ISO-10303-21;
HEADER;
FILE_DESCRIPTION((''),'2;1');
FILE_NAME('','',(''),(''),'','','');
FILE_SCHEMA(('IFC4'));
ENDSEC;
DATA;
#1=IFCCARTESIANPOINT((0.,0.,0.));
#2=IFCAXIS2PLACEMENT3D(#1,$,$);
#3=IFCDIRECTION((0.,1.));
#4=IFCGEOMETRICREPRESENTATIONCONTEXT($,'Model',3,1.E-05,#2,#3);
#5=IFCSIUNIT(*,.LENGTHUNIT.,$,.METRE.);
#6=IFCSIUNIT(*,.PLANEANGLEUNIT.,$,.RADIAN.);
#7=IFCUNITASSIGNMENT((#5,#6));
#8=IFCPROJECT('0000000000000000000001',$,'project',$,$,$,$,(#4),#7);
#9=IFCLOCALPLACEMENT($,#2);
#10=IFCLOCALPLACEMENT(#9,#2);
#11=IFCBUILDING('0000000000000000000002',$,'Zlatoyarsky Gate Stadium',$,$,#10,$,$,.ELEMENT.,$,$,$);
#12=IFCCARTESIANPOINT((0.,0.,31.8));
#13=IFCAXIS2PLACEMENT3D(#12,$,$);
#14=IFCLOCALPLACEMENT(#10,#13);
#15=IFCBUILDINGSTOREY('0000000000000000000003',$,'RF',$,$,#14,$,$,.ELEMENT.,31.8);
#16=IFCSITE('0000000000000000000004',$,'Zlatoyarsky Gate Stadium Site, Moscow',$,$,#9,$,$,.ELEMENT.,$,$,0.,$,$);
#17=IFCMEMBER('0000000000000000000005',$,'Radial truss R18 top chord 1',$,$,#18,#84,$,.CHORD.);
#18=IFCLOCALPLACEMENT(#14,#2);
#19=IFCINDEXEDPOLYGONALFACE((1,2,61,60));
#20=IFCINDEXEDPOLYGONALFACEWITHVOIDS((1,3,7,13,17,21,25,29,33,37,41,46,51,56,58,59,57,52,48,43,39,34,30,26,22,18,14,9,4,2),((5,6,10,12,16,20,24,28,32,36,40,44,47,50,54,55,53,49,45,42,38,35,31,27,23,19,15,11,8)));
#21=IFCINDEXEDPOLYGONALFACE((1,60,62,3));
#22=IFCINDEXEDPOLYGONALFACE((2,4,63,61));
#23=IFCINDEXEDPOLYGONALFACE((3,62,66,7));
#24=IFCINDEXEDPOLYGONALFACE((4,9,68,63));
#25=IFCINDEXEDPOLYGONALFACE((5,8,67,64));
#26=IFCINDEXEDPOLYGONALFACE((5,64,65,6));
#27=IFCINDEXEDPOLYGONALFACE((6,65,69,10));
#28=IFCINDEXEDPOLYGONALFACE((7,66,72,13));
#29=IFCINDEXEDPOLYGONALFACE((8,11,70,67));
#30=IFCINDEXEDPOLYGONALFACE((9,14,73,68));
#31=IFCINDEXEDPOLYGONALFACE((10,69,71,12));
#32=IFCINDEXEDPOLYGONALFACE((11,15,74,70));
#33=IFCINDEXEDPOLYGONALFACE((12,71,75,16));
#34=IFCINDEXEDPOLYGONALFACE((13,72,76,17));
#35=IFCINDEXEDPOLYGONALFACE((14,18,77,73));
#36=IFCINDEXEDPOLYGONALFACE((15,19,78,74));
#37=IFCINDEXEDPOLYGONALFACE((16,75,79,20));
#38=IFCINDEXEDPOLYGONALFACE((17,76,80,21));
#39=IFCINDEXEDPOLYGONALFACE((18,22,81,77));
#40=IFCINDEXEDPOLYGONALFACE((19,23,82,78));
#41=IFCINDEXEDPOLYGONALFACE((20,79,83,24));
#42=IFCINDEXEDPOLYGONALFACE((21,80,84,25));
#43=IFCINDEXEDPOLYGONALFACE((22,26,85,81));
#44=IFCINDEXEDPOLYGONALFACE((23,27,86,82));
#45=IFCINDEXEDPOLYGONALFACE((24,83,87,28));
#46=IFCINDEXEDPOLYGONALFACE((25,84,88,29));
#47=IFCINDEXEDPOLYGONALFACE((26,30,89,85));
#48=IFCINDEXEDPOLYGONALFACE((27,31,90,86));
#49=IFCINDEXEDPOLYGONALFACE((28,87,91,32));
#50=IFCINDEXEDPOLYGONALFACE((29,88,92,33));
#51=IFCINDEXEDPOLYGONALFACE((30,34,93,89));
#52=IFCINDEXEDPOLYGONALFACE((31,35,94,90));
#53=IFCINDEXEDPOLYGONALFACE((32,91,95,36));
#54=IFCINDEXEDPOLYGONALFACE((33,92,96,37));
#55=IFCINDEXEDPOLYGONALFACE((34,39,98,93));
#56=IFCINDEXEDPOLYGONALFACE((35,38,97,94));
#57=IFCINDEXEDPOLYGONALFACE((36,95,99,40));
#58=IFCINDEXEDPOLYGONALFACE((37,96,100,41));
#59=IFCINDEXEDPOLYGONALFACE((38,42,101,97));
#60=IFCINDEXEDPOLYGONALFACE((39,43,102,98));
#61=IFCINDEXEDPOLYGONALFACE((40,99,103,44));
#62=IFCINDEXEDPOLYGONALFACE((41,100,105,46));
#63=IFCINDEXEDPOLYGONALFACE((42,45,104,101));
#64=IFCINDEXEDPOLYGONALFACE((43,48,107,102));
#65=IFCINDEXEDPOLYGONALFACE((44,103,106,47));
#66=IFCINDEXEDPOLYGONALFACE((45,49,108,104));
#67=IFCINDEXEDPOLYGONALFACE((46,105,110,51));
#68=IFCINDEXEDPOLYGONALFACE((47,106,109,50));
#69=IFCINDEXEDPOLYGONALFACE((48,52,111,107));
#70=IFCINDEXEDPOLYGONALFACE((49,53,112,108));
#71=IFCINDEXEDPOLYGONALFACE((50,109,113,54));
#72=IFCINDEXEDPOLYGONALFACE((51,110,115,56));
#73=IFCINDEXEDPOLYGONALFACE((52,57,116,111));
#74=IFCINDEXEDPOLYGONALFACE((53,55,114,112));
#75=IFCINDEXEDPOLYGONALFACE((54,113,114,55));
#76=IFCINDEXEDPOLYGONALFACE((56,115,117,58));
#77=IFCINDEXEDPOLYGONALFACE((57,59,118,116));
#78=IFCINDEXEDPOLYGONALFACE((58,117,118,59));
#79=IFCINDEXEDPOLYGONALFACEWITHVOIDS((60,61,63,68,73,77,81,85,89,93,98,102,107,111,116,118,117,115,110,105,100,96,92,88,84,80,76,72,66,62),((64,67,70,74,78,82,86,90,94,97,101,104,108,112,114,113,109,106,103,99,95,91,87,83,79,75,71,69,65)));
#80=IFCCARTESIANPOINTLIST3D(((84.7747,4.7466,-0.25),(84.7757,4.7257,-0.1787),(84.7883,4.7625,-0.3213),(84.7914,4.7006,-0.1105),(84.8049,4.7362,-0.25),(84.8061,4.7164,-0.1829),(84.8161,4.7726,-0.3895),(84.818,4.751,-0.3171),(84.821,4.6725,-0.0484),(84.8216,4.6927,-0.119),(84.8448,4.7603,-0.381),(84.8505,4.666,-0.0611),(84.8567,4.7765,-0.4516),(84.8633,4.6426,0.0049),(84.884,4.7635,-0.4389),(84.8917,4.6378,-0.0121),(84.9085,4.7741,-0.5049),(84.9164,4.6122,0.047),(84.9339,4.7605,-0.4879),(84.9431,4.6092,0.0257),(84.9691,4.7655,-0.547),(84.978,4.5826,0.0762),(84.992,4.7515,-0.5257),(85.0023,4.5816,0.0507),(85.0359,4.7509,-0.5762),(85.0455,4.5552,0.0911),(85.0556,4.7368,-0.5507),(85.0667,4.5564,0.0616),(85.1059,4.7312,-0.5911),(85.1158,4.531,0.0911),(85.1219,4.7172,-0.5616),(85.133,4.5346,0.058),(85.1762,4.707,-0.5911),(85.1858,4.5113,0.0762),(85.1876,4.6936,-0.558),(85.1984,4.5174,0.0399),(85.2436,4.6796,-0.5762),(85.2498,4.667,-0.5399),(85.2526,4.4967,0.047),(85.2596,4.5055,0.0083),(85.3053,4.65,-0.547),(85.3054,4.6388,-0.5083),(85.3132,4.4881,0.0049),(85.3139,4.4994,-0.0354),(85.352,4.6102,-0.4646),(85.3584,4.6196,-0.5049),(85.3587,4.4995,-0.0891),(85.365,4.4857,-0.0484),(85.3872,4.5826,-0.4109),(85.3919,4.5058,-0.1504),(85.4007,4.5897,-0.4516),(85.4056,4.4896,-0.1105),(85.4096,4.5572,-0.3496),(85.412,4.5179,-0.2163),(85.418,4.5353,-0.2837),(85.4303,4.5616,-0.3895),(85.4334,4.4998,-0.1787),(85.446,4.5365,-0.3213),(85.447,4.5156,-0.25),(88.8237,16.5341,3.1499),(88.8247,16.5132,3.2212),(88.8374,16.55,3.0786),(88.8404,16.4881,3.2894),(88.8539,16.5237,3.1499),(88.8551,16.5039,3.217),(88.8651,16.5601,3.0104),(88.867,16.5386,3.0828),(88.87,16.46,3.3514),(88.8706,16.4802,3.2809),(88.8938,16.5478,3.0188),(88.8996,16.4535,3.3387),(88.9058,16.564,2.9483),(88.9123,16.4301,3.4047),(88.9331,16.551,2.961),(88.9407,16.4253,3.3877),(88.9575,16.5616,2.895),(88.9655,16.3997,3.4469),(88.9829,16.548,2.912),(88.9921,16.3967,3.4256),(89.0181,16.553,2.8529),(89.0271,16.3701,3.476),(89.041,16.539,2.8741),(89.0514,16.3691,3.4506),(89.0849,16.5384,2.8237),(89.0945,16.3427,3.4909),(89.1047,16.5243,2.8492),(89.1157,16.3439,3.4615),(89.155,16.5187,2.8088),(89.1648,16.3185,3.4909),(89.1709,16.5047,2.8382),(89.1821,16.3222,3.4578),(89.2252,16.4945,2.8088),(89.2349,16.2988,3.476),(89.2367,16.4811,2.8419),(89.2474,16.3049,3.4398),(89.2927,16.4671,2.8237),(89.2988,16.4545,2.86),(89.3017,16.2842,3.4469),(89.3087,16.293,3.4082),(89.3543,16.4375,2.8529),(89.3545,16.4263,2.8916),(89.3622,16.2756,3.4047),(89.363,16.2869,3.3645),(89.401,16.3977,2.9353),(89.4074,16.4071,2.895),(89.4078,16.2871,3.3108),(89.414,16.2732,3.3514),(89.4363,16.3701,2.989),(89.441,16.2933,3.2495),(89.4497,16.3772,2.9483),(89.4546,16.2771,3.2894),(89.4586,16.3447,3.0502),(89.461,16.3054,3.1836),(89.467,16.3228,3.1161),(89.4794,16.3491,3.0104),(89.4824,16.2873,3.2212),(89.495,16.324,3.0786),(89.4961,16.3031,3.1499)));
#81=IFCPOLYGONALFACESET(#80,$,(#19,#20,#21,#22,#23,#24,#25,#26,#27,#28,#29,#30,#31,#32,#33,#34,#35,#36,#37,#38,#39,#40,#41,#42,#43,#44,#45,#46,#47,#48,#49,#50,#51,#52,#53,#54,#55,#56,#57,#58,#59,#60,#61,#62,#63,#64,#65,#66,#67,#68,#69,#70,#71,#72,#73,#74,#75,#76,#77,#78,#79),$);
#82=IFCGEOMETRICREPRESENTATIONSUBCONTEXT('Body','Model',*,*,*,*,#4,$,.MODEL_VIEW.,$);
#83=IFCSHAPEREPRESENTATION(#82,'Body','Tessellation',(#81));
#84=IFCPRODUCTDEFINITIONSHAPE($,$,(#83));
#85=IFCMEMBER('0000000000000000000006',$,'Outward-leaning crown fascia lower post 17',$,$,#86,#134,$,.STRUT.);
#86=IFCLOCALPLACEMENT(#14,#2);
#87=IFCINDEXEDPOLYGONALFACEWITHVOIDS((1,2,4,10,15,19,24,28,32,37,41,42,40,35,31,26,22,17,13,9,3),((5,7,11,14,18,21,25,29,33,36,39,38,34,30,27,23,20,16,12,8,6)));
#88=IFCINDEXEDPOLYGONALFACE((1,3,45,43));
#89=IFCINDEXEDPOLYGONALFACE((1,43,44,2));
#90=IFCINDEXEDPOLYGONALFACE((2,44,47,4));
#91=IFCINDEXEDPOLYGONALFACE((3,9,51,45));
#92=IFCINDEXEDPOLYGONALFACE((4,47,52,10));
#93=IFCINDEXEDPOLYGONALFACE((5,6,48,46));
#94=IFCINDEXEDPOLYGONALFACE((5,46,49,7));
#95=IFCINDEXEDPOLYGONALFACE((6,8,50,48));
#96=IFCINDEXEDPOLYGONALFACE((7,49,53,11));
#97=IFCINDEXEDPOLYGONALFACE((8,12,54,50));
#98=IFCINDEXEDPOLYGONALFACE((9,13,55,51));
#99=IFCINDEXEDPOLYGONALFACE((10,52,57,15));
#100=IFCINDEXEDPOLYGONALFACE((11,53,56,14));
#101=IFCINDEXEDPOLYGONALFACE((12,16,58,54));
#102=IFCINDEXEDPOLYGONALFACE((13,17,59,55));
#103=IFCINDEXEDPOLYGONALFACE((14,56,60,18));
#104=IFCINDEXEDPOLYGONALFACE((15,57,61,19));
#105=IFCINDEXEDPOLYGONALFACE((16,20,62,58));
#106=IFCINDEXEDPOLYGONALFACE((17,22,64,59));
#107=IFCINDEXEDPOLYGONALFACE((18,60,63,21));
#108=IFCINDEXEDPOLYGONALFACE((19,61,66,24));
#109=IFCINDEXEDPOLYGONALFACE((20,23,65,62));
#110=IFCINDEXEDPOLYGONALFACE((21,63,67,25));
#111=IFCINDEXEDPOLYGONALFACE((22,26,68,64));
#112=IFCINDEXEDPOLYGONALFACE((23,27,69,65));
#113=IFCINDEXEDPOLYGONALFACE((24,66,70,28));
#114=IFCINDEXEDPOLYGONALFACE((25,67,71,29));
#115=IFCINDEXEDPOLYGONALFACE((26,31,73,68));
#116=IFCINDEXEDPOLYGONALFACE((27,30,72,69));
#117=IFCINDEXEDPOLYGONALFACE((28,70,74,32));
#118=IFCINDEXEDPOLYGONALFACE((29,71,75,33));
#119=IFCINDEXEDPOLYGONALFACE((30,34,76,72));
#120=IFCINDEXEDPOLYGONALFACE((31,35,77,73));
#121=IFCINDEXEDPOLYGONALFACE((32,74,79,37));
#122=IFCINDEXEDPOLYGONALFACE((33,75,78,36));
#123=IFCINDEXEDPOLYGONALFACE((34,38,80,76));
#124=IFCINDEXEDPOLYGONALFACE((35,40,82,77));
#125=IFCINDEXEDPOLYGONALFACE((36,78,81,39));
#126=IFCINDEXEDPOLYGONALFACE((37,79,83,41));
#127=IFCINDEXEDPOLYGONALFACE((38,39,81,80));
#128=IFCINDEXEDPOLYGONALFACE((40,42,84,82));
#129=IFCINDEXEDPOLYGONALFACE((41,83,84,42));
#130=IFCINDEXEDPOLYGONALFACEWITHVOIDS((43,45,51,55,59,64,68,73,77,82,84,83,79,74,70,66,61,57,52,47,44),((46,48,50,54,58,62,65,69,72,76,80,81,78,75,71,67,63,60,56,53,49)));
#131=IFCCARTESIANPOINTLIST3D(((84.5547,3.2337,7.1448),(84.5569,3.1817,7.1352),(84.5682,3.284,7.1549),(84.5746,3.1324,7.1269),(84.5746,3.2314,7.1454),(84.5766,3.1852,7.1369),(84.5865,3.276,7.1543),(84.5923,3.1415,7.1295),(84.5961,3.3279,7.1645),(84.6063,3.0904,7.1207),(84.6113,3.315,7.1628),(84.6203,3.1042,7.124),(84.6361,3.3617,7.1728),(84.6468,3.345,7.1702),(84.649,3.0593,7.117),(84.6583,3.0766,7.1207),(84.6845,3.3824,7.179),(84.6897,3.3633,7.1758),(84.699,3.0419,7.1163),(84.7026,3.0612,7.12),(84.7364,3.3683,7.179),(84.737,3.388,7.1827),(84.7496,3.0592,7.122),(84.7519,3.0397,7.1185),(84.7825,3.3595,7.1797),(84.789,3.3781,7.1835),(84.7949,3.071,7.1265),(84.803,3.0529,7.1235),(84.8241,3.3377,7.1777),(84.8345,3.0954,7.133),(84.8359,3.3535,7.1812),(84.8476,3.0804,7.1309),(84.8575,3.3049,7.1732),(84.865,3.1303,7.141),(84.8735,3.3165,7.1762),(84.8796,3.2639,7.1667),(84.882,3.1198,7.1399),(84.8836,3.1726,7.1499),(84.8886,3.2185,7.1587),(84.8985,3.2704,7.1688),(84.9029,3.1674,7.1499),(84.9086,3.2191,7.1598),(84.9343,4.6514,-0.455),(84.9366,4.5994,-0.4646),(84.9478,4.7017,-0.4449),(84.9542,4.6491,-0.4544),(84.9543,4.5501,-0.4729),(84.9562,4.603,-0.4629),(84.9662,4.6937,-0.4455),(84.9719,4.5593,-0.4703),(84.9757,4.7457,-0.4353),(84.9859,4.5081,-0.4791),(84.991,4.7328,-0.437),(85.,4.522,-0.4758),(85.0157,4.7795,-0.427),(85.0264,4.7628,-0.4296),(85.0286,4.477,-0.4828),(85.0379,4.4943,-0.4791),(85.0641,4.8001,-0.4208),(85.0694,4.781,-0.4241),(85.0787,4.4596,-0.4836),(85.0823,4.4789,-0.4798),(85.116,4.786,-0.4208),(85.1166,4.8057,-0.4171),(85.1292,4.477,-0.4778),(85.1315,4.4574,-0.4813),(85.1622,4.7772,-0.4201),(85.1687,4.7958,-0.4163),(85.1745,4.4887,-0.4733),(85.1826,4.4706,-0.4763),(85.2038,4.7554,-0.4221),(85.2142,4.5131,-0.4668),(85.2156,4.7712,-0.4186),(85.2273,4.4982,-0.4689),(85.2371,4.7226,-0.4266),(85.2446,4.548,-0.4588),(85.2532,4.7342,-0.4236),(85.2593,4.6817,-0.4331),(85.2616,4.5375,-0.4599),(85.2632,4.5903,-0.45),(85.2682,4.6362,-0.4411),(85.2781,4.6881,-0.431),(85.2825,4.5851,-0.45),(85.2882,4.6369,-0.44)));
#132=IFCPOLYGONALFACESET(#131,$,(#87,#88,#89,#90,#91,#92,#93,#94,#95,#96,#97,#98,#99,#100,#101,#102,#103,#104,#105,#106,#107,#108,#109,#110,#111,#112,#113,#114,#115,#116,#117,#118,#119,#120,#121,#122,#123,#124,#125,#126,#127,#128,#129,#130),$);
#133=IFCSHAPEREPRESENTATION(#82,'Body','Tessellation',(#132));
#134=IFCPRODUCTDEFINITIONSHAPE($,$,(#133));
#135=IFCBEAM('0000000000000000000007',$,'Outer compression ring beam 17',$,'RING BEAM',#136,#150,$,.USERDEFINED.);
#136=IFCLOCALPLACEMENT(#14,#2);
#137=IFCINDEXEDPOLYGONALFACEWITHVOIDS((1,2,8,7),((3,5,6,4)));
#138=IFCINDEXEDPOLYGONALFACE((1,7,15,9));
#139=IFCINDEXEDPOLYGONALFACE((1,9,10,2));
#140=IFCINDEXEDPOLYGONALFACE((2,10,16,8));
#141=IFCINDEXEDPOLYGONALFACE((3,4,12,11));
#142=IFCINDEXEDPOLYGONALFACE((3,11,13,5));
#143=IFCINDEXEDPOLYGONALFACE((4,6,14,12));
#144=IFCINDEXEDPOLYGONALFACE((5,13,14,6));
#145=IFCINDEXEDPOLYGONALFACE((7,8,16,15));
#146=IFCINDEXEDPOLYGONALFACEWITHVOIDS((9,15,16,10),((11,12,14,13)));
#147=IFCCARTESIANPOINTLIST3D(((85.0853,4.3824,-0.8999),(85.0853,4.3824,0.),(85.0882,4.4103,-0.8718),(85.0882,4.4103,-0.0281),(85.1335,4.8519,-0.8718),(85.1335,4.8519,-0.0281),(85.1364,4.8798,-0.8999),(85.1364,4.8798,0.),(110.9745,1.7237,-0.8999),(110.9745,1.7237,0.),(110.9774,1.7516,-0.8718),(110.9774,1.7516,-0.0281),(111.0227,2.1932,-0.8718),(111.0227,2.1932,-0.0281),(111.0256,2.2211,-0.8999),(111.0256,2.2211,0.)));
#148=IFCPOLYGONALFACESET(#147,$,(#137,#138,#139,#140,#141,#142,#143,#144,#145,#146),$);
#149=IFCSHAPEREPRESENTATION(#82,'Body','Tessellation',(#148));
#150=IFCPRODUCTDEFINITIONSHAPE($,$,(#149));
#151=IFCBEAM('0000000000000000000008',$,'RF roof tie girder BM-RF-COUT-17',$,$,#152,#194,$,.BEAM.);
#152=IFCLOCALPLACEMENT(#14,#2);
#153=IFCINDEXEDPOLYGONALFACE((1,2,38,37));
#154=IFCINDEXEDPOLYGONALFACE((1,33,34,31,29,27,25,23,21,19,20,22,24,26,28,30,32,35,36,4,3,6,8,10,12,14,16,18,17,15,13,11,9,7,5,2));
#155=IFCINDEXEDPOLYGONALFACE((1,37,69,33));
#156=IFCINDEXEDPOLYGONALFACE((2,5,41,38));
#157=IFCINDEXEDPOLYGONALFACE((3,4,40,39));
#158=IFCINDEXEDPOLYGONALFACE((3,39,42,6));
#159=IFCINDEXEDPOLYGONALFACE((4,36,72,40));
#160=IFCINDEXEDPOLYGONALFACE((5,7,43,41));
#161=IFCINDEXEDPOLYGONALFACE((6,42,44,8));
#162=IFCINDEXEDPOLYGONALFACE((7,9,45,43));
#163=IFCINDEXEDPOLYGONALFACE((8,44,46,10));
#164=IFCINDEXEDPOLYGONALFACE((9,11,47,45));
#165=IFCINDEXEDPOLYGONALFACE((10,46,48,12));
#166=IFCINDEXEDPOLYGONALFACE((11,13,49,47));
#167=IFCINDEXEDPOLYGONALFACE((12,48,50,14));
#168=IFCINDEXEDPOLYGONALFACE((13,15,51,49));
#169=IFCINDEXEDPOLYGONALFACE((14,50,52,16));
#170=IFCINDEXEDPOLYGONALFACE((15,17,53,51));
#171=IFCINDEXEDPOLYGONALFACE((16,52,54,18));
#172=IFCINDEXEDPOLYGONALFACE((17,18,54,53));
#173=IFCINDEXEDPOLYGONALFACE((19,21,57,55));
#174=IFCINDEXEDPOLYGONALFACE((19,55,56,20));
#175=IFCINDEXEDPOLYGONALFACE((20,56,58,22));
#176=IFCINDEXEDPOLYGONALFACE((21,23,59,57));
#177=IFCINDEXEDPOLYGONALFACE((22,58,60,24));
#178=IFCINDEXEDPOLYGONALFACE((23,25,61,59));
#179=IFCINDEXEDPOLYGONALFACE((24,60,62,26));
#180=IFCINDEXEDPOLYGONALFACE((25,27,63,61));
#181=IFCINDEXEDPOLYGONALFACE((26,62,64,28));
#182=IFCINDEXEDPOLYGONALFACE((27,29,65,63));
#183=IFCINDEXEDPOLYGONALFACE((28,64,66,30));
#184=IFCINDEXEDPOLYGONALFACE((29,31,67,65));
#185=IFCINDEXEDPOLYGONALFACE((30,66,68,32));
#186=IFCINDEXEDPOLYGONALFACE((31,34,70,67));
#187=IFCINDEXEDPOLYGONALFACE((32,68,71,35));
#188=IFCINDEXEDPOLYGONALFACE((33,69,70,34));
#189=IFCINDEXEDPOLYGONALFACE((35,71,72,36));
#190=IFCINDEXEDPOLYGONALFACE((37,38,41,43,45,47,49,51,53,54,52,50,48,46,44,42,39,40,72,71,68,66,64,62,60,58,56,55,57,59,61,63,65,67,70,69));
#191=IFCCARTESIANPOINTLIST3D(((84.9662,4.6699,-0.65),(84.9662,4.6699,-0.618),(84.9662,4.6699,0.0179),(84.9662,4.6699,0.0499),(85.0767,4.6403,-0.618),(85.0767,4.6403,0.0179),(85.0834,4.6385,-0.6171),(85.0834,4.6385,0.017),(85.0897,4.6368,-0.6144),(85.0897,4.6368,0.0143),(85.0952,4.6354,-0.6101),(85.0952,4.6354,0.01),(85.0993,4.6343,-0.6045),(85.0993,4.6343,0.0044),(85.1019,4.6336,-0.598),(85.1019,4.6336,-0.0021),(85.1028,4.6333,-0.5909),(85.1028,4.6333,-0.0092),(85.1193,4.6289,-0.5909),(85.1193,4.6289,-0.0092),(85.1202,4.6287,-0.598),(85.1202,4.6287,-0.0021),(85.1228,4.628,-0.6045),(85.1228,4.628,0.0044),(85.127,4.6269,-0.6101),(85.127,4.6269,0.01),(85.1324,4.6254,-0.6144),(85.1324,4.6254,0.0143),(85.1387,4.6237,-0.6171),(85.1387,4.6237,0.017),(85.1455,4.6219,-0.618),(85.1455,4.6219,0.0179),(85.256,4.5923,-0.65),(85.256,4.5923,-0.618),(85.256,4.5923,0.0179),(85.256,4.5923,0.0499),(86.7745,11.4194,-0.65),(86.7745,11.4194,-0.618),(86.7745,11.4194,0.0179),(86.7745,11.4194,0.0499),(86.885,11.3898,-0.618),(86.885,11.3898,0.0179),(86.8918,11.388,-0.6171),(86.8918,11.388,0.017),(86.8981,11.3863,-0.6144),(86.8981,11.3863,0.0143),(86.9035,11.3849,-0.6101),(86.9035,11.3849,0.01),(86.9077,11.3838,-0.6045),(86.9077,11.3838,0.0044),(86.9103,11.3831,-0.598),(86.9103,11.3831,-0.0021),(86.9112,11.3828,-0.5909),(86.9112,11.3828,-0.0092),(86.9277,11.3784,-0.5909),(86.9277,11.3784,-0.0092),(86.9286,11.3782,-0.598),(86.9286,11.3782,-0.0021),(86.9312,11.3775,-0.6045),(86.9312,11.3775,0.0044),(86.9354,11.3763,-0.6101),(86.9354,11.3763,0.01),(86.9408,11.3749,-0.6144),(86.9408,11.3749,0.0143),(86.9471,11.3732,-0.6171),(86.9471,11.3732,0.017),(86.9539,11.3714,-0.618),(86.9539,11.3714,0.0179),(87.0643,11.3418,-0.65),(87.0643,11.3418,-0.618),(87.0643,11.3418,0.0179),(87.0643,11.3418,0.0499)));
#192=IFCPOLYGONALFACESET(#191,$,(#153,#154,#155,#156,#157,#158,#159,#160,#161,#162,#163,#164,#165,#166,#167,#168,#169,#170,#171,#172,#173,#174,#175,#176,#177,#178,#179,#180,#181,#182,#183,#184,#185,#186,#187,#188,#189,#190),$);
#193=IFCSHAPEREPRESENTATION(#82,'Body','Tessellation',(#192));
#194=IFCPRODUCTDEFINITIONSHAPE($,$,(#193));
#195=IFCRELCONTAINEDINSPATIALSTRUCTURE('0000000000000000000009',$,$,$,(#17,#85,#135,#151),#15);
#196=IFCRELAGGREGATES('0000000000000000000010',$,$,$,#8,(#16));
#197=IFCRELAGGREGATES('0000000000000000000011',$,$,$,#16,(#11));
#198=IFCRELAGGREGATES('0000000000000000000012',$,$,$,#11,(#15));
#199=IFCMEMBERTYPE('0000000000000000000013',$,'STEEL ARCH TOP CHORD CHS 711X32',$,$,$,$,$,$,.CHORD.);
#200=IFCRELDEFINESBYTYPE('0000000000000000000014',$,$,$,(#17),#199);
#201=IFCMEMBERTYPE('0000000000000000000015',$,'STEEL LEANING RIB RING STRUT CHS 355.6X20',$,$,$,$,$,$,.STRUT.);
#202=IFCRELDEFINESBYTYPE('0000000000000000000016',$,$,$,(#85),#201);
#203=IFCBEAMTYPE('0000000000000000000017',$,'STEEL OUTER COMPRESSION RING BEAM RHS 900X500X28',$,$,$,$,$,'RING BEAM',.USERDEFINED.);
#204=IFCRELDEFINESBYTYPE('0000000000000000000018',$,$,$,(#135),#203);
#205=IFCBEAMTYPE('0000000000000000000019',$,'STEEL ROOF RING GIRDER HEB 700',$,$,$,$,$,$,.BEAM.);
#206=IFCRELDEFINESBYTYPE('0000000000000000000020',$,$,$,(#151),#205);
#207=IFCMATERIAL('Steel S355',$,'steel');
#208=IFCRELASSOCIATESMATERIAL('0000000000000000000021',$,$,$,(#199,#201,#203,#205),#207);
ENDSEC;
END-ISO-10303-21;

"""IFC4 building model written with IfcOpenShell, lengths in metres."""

from ifc_helpers import new_model, si_unit, direction, frame, origin, origin_2d, place, context, subcontext, project, spatial, hollow_rectangle, hollow_circle, i_section, extrude, material, material_profile, profile_set, type_object, element, save


model = new_model("IFC4")

# Units and contexts
model_context = context("Model", 3, precision=1e-05, world=origin(), true_north=direction((0.0, 1.0)))
body_context = subcontext(model_context, "Body", "Model", "MODEL_VIEW")
ifc_project = project(units=[si_unit("LENGTHUNIT", "METRE"), si_unit("PLANEANGLEUNIT", "RADIAN")], contexts=[model_context])

# Site, building, storey
site_placement = place(None, origin())
site = spatial("IfcSite", under=ifc_project, at=site_placement, Name="Zlatoyarsky Gate Stadium Site, Moscow", CompositionType="ELEMENT", RefElevation=0.0)
building_placement = place(site_placement, origin())
building = spatial("IfcBuilding", under=site, at=building_placement, Name="Zlatoyarsky Gate Stadium", CompositionType="ELEMENT")
storey_placement = place(building_placement, frame((0.0, 0.0, 31.8)))
storey = spatial("IfcBuildingStorey", under=building, at=storey_placement, Name="RF", CompositionType="ELEMENT", Elevation=31.8)

# Members
ifc_material_1 = material(Name="Steel S355", Category="steel")
ifc_material_profile_1 = material_profile(ifc_material_1, hollow_circle(Radius=0.3555, WallThickness=0.032, at=origin_2d()), Name="CHS 711X32")
ifc_profile_set_1 = profile_set([ifc_material_profile_1], Name="Steel S355")
member_type_1 = type_object("IfcMemberType", Name="STEEL ARCH TOP CHORD CHS 711X32", PredefinedType="CHORD", material=ifc_profile_set_1)
member_1_placement = place(storey_placement, frame((85.1108, 4.6311, -0.25), z_axis=(0.313419, 0.91242, 0.26317), x_axis=(-0.945758, 0.324871, 0.0)))
element("IfcMember", 1, at=member_1_placement, inside=storey, type_object=member_type_1, Name="Radial truss R18 top chord 1", PredefinedType="CHORD", context=body_context, shape_type="SweptSolid", body=[
    extrude(hollow_circle(Radius=0.3555, WallThickness=0.032, at=origin_2d()), origin(), (0.0, 0.0, 1.0), 12.9189),
])
ifc_material_profile_2 = material_profile(ifc_material_1, hollow_circle(Radius=0.1777, WallThickness=0.02, at=origin_2d()), Name="CHS 355.6X20")
ifc_profile_set_2 = profile_set([ifc_material_profile_2], Name="Steel S355")
member_type_2 = type_object("IfcMemberType", Name="STEEL LEANING RIB RING STRUT CHS 355.6X20", PredefinedType="STRUT", material=ifc_profile_set_2)
member_2_placement = place(storey_placement, frame((85.1108, 4.6311, -0.45), z_axis=(-0.049047, -0.183162, 0.981858), x_axis=(0.965967, -0.258667, 0.0)))
element("IfcMember", 2, at=member_2_placement, inside=storey, type_object=member_type_2, Name="Outward-leaning crown fascia lower post 17", PredefinedType="STRUT", context=body_context, shape_type="SweptSolid", body=[
    extrude(hollow_circle(Radius=0.1777, WallThickness=0.02, at=origin_2d()), origin(), (0.0, 0.0, 1.0), 7.7402),
])

# Beams
ifc_material_profile_3 = material_profile(ifc_material_1, hollow_rectangle(XDim=0.5, YDim=0.8999, WallThickness=0.0281, at=origin_2d()), Name="RHS 900X500X28")
ifc_profile_set_3 = profile_set([ifc_material_profile_3], Name="Steel S355")
beam_type_1 = type_object("IfcBeamType", Name="STEEL OUTER COMPRESSION RING BEAM RHS 900X500X28", ElementType="RING BEAM", PredefinedType="USERDEFINED", material=ifc_profile_set_3)
beam_1_placement = place(storey_placement, frame((85.1108, 4.6311, -0.45), z_axis=(0.994768, -0.102158, 0.0), x_axis=(0.102158, 0.994768, 0.0)))
element("IfcBeam", 3, at=beam_1_placement, inside=storey, type_object=beam_type_1, Name="Outer compression ring beam 17", ObjectType="RING BEAM", PredefinedType="USERDEFINED", context=body_context, shape_type="SweptSolid", body=[
    extrude(hollow_rectangle(XDim=0.5, YDim=0.8999, WallThickness=0.0281, at=origin_2d()), origin(), (0.0, 0.0, 1.0), 26.0254),
])
ifc_material_profile_4 = material_profile(ifc_material_1, i_section(OverallWidth=0.3, OverallDepth=0.7, WebThickness=0.0171, FlangeThickness=0.032, FilletRadius=0.0271, at=origin_2d()), Name="HEB 700")
ifc_profile_set_4 = profile_set([ifc_material_profile_4], Name="Steel S355")
beam_type_2 = type_object("IfcBeamType", Name="STEEL ROOF RING GIRDER HEB 700", PredefinedType="BEAM", material=ifc_profile_set_4)
beam_2_placement = place(storey_placement, frame((86.9194, 11.3806, -0.3), z_axis=(-0.258795, -0.965932, 0.0), x_axis=(0.965932, -0.258795, 0.0)))
element("IfcBeam", 4, at=beam_2_placement, inside=storey, type_object=beam_type_2, Name="RF roof tie girder BM-RF-COUT-17", PredefinedType="BEAM", context=body_context, shape_type="SweptSolid", body=[
    extrude(i_section(OverallWidth=0.3, OverallDepth=0.7, WebThickness=0.0171, FlangeThickness=0.032, FilletRadius=0.0271, at=origin_2d()), origin(), (0.0, 0.0, 1.0), 6.9875),
])

save(model, "model.ifc")
